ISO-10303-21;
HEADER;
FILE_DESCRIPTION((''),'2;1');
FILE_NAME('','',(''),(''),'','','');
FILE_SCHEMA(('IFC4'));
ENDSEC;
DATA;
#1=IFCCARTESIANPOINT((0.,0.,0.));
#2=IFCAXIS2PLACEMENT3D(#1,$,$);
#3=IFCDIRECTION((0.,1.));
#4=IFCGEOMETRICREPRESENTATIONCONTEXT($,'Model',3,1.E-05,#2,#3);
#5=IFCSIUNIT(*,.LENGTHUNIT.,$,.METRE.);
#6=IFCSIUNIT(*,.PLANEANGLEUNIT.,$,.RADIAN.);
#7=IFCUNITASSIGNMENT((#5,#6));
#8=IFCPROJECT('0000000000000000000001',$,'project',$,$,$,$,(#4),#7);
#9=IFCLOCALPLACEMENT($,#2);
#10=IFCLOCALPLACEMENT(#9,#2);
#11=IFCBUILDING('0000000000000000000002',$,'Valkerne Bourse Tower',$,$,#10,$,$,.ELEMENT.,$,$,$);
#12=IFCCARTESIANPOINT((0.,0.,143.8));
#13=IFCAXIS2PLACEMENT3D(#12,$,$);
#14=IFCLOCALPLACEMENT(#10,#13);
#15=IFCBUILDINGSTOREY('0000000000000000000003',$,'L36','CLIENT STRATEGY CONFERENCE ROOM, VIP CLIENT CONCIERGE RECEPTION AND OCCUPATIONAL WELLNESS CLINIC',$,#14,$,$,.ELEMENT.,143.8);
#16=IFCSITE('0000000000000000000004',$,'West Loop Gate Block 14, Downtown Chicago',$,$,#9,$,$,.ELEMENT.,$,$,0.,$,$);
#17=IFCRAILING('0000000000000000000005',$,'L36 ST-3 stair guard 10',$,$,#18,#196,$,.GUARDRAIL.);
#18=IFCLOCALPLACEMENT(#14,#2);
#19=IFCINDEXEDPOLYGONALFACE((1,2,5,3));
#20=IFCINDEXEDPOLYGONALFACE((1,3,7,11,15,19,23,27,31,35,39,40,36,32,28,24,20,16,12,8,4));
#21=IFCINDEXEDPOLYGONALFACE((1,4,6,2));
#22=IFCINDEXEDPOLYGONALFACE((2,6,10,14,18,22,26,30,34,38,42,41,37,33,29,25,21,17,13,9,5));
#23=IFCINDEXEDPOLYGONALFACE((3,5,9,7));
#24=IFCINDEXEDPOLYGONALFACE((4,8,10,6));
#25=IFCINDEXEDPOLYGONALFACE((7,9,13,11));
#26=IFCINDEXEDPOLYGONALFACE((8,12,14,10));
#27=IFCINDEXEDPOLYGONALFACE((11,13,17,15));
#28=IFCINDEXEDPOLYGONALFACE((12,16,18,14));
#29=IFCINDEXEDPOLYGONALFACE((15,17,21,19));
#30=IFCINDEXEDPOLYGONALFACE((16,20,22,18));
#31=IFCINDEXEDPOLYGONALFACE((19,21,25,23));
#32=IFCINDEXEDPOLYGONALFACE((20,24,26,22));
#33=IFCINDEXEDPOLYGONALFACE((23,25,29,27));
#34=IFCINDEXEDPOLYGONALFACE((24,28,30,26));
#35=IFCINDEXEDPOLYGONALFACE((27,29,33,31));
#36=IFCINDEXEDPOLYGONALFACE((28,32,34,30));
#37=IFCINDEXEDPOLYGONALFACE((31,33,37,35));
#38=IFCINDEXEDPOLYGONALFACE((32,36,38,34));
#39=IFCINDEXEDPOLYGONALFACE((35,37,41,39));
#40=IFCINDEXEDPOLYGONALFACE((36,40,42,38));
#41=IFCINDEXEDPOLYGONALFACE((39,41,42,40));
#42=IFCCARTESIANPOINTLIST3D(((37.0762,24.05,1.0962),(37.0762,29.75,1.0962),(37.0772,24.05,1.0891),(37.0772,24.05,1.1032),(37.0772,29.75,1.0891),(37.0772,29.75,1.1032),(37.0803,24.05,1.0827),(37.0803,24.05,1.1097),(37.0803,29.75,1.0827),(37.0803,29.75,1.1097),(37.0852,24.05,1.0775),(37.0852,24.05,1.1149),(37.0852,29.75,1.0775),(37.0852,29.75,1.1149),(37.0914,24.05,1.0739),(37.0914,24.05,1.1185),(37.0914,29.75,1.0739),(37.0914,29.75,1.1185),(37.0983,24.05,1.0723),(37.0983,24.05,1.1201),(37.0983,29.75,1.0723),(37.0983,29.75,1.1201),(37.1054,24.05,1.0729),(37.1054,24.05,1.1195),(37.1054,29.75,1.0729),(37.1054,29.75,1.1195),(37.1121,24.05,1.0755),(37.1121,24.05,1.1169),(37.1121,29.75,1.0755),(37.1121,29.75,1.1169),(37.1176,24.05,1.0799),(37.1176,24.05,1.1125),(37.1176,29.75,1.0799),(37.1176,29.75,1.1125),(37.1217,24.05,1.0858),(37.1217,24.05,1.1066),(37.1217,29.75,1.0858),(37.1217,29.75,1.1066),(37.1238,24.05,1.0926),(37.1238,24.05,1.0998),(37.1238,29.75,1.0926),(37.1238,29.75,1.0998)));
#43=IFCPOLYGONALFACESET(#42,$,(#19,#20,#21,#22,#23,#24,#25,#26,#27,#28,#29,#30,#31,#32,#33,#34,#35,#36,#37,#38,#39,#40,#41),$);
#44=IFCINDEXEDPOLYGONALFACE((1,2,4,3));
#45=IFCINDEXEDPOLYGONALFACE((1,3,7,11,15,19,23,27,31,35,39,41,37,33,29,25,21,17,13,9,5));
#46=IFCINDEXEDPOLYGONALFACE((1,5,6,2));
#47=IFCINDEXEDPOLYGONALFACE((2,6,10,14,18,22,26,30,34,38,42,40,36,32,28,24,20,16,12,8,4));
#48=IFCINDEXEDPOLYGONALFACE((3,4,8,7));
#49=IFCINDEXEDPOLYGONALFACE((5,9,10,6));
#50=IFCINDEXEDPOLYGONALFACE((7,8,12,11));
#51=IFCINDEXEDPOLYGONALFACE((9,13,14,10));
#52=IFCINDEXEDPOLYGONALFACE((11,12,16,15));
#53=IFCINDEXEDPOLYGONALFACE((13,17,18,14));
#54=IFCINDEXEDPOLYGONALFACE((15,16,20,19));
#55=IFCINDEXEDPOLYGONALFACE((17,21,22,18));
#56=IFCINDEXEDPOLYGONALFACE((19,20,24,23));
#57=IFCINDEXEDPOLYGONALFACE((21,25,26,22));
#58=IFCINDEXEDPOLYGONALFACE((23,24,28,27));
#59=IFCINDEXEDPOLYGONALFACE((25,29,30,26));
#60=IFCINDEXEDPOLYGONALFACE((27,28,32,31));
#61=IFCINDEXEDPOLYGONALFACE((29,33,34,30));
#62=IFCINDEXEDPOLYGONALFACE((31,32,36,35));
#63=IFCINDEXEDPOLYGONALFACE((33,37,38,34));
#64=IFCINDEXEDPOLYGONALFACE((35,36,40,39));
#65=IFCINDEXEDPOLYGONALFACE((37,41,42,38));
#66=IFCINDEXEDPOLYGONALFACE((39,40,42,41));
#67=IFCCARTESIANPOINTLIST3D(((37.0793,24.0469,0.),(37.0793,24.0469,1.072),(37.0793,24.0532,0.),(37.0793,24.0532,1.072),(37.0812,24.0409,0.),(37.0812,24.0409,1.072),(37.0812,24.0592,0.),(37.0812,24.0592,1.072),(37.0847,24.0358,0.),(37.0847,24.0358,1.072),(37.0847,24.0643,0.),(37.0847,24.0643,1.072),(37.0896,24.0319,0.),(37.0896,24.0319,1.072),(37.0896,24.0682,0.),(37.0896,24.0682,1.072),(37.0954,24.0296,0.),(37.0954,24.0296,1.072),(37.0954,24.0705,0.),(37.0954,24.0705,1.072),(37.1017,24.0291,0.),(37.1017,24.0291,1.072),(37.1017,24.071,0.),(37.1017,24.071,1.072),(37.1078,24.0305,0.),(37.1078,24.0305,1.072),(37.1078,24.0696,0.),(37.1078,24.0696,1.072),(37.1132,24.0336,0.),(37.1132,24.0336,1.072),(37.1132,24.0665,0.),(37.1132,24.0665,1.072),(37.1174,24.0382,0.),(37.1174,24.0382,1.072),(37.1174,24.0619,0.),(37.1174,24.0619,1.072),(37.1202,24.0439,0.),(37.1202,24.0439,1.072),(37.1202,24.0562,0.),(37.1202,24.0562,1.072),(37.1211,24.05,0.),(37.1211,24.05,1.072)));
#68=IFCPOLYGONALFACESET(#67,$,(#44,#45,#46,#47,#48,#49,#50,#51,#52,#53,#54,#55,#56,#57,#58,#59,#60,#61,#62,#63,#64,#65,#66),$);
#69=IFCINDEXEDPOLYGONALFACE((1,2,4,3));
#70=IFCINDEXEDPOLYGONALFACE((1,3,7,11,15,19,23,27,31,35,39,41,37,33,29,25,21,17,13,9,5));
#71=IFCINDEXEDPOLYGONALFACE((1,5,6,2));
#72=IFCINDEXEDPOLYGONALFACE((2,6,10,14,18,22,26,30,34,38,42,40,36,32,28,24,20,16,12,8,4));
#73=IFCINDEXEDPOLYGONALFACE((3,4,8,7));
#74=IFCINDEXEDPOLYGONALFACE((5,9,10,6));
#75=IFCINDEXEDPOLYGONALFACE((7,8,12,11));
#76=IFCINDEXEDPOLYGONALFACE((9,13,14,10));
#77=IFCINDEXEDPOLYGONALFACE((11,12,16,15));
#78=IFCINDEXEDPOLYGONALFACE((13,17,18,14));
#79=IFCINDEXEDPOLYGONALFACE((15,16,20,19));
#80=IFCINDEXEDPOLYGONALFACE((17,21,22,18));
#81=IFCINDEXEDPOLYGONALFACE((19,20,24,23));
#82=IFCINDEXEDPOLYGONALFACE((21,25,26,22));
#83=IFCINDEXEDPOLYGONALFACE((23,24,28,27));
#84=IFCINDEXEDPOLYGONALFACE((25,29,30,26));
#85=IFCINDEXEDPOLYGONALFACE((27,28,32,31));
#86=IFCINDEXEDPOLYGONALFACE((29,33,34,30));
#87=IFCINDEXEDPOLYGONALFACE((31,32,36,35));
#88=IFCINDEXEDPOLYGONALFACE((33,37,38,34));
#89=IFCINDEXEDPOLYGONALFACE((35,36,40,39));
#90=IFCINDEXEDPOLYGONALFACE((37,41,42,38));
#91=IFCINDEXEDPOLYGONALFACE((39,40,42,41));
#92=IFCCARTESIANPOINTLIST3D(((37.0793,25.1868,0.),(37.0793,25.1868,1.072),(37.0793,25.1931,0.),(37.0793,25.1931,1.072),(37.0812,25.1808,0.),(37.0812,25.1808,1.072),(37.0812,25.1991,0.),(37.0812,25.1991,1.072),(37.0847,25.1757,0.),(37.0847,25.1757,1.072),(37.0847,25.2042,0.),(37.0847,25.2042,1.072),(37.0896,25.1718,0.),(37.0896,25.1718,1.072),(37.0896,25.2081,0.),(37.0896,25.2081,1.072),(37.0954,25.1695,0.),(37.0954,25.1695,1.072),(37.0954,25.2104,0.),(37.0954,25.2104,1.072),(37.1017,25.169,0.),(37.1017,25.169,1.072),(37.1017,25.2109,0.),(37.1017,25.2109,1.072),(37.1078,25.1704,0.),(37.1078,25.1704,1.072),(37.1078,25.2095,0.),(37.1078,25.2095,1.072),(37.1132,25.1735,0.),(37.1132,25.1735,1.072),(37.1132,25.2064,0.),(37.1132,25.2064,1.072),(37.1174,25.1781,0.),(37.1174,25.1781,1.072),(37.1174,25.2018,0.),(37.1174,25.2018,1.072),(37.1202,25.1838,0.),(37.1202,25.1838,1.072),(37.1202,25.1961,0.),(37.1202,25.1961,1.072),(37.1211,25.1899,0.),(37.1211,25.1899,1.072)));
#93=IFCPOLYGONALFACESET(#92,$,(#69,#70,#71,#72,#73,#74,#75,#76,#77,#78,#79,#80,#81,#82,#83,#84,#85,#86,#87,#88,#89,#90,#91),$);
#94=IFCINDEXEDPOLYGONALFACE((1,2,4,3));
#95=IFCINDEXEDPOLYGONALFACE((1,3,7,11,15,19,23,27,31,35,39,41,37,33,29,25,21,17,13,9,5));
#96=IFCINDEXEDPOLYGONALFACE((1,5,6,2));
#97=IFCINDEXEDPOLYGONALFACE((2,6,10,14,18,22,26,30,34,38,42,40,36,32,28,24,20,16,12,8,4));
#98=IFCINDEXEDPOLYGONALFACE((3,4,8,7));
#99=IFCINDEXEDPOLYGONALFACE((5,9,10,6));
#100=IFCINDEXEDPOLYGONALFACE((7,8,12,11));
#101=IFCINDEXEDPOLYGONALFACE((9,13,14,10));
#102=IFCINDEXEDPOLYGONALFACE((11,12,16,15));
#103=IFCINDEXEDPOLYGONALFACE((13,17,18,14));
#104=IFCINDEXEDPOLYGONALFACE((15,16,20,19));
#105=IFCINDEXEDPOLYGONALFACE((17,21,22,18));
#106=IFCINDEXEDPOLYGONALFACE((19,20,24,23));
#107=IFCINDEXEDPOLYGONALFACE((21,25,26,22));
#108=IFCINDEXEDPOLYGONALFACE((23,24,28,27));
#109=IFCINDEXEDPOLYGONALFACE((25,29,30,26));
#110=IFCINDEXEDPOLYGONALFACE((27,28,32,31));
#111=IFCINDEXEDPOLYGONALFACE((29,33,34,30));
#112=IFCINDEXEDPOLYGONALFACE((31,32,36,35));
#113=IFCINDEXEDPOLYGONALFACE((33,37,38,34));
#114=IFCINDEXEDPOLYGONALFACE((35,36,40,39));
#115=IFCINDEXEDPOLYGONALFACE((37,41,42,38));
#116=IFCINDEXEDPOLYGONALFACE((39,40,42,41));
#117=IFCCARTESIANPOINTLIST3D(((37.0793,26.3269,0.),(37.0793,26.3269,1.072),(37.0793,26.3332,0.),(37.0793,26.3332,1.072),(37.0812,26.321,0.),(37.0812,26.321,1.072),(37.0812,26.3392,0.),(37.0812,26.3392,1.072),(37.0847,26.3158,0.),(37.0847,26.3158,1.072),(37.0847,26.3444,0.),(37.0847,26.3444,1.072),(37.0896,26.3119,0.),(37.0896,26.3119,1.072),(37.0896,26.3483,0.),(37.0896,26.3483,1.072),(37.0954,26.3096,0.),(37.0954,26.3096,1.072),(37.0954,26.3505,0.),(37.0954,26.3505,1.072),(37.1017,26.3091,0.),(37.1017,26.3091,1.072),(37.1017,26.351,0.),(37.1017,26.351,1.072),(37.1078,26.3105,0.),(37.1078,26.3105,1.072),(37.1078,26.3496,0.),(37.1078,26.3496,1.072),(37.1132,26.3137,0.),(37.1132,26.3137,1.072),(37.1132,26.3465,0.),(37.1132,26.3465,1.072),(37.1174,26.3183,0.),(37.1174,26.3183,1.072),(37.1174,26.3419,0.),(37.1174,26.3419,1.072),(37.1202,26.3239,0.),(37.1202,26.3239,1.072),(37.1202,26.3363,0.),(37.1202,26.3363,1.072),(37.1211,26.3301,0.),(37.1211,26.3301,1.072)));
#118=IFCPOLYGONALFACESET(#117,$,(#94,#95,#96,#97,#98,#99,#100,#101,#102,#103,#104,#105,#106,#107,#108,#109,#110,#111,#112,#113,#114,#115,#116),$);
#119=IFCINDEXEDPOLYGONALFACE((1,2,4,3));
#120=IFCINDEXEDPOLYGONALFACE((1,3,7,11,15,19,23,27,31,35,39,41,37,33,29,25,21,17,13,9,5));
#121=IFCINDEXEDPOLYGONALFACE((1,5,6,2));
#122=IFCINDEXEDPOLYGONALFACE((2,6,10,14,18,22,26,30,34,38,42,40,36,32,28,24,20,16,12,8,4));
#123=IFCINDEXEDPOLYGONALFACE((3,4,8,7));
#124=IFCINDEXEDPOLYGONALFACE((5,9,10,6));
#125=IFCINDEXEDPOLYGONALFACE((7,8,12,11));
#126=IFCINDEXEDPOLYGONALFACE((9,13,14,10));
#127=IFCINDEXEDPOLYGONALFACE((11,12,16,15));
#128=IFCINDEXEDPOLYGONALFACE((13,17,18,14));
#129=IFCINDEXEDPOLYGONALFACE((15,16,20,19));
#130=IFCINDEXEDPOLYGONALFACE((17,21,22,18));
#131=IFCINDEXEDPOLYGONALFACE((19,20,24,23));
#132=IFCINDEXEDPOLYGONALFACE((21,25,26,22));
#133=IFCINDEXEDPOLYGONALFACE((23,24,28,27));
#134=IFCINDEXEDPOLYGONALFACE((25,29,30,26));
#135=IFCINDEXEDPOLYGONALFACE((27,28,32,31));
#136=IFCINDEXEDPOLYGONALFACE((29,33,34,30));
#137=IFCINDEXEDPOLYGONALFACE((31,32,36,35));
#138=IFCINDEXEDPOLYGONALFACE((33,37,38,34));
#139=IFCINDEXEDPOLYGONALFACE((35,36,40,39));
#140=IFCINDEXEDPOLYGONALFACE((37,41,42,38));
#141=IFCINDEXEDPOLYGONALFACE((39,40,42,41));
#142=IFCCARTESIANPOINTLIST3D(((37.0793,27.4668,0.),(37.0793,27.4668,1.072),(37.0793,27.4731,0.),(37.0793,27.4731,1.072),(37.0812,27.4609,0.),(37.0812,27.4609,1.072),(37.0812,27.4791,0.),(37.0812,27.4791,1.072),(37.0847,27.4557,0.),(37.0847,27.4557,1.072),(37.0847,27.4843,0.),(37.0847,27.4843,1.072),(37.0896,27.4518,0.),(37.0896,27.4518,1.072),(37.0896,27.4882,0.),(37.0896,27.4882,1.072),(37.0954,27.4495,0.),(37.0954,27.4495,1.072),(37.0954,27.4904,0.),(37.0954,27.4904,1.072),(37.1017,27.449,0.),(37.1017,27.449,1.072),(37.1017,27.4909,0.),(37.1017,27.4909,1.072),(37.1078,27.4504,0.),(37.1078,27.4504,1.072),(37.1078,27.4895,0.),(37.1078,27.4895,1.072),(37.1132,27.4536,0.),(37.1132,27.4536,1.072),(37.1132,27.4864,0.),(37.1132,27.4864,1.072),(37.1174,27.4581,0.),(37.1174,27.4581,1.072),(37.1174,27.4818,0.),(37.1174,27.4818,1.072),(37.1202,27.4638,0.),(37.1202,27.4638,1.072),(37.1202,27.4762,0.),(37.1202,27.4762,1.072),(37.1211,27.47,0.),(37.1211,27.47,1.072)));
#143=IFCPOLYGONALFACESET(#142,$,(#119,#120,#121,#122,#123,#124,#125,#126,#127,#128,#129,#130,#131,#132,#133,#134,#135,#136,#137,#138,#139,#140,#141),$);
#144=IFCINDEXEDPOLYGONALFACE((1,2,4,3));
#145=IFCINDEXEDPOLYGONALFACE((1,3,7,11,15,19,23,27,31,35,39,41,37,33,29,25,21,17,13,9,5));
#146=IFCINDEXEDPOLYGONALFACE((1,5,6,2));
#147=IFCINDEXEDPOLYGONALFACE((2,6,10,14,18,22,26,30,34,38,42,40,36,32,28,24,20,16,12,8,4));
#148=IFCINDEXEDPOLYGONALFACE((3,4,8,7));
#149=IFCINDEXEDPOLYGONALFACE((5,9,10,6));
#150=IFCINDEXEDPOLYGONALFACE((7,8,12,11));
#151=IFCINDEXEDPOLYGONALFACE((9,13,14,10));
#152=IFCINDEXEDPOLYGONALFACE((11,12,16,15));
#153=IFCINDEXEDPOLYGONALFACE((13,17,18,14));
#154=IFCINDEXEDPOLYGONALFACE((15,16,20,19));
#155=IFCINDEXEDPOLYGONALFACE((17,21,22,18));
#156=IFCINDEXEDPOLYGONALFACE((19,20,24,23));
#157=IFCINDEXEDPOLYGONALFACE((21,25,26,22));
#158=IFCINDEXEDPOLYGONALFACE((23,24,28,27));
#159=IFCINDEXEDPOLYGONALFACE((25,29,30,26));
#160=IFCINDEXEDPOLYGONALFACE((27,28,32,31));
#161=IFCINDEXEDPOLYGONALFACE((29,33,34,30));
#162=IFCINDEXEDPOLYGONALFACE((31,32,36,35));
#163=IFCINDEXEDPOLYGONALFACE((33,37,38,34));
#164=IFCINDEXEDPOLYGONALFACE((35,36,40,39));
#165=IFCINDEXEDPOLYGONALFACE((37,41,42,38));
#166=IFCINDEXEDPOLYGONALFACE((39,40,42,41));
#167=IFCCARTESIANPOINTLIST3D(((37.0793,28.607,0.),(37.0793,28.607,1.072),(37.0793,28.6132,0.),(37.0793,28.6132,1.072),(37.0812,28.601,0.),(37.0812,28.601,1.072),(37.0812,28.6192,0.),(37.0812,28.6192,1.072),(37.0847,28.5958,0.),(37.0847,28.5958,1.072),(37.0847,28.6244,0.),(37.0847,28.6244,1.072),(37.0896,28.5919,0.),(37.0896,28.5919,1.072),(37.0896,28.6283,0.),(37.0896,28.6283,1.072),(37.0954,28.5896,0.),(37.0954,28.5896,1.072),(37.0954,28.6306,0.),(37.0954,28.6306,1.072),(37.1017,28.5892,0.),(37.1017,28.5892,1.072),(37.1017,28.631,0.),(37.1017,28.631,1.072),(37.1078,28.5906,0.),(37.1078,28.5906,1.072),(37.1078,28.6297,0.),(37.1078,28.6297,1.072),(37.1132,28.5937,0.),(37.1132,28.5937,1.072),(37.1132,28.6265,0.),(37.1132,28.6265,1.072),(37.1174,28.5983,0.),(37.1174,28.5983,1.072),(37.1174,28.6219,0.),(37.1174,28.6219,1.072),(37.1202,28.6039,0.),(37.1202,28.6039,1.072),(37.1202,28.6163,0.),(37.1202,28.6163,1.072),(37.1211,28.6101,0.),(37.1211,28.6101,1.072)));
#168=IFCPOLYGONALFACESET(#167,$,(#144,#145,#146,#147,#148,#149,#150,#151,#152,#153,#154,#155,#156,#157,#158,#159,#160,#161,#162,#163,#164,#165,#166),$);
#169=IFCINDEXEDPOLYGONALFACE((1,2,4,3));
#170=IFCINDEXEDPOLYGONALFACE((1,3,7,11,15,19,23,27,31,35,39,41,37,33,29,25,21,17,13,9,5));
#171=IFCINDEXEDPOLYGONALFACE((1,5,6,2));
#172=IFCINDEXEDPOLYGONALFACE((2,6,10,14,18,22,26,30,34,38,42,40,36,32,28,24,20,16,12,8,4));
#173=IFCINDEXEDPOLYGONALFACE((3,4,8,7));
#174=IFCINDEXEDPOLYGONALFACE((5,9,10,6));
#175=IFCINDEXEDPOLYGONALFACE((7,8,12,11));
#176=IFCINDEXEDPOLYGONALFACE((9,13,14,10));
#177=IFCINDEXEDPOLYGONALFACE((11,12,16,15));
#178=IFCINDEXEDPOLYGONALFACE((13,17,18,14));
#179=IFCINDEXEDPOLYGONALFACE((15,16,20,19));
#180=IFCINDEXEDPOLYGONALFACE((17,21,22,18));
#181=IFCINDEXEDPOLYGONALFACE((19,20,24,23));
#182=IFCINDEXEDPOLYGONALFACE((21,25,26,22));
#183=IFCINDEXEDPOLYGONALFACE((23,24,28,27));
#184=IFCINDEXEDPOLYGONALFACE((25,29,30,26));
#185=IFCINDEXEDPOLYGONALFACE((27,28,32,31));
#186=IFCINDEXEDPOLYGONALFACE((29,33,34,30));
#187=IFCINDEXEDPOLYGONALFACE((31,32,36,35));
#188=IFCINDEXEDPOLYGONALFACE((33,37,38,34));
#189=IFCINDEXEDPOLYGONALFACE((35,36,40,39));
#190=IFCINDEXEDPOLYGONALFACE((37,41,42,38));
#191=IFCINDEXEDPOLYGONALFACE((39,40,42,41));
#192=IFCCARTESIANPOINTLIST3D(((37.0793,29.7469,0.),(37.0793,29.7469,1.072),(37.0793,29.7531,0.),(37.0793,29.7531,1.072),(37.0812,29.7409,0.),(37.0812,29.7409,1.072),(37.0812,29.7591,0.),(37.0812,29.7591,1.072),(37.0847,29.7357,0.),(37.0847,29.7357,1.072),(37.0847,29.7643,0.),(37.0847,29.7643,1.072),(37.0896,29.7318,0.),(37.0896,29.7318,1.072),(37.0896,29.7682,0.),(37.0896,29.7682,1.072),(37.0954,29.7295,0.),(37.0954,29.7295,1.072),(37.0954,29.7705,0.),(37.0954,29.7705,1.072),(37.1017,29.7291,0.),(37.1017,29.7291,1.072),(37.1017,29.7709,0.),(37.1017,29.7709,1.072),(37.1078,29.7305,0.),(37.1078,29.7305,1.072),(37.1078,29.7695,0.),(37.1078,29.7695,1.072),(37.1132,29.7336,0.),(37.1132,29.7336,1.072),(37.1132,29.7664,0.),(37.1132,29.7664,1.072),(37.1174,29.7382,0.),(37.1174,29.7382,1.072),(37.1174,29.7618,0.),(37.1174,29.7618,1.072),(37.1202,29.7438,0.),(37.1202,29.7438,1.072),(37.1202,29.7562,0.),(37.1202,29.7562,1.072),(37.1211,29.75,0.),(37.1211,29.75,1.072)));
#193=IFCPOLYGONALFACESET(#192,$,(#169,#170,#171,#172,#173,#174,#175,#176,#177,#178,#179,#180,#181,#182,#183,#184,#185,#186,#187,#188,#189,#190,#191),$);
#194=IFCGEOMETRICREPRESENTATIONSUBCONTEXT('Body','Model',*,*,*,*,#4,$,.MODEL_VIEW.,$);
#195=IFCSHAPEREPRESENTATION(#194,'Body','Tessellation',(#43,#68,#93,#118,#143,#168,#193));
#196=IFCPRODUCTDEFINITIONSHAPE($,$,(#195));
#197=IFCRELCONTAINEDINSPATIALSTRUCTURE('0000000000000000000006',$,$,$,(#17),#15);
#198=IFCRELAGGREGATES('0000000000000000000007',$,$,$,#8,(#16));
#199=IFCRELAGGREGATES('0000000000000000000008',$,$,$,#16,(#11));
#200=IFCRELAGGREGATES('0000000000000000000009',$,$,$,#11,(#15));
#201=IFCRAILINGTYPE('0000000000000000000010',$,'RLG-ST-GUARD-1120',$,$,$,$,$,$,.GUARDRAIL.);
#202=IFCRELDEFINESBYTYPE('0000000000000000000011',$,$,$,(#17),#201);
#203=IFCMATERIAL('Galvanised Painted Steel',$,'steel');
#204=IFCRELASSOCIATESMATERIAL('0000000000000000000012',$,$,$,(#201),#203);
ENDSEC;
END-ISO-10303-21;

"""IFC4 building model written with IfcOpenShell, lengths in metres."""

from ifc_helpers import new_model, si_unit, direction, frame, origin, origin_2d, place, context, subcontext, project, spatial, circle, extrude, material, type_object, element, save


model = new_model("IFC4")

# Units and contexts
model_context = context("Model", 3, precision=1e-05, world=origin(), true_north=direction((0.0, 1.0)))
body_context = subcontext(model_context, "Body", "Model", "MODEL_VIEW")
ifc_project = project(units=[si_unit("LENGTHUNIT", "METRE"), si_unit("PLANEANGLEUNIT", "RADIAN")], contexts=[model_context])

# Site, building, storey
site_placement = place(None, origin())
site = spatial("IfcSite", under=ifc_project, at=site_placement, Name="West Loop Gate Block 14, Downtown Chicago", CompositionType="ELEMENT", RefElevation=0.0)
building_placement = place(site_placement, origin())
building = spatial("IfcBuilding", under=site, at=building_placement, Name="Valkerne Bourse Tower", CompositionType="ELEMENT")
storey_placement = place(building_placement, frame((0.0, 0.0, 143.8)))
storey = spatial("IfcBuildingStorey", under=building, at=storey_placement, Name="L36", Description="CLIENT STRATEGY CONFERENCE ROOM, VIP CLIENT CONCIERGE RECEPTION AND OCCUPATIONAL WELLNESS CLINIC", CompositionType="ELEMENT", Elevation=143.8)

# Railing
ifc_material_1 = material(Name="Galvanised Painted Steel", Category="steel")
railing_type_1 = type_object("IfcRailingType", Name="RLG-ST-GUARD-1120", PredefinedType="GUARDRAIL", material=ifc_material_1)
railing_1_placement = place(storey_placement, frame((37.1001, 24.05, 0.0)))
element("IfcRailing", 1, at=railing_1_placement, inside=storey, type_object=railing_type_1, Name="L36 ST-3 stair guard 10", PredefinedType="GUARDRAIL", context=body_context, shape_type="SweptSolid", body=[
    extrude(circle(Radius=0.0239, at=origin_2d()), frame((0.0, 0.0, 1.0962), z_axis=(0.0, 1.0, 0.0), x_axis=(-1.0, 0.0, 0.0)), (0.0, 0.0, 1.0), 5.7),
    extrude(circle(Radius=0.021, at=origin_2d()), origin(), (0.0, 0.0, 1.0), 1.072),
    extrude(circle(Radius=0.021, at=origin_2d()), frame((0.0, 1.1399, 0.0)), (0.0, 0.0, 1.0), 1.072),
    extrude(circle(Radius=0.021, at=origin_2d()), frame((0.0, 2.28, 0.0)), (0.0, 0.0, 1.0), 1.072),
    extrude(circle(Radius=0.021, at=origin_2d()), frame((0.0, 3.4199, 0.0)), (0.0, 0.0, 1.0), 1.072),
    extrude(circle(Radius=0.021, at=origin_2d()), frame((0.0, 4.5601, 0.0)), (0.0, 0.0, 1.0), 1.072),
    extrude(circle(Radius=0.021, at=origin_2d()), frame((0.0, 5.7, 0.0)), (0.0, 0.0, 1.0), 1.072),
])

save(model, "model.ifc")
